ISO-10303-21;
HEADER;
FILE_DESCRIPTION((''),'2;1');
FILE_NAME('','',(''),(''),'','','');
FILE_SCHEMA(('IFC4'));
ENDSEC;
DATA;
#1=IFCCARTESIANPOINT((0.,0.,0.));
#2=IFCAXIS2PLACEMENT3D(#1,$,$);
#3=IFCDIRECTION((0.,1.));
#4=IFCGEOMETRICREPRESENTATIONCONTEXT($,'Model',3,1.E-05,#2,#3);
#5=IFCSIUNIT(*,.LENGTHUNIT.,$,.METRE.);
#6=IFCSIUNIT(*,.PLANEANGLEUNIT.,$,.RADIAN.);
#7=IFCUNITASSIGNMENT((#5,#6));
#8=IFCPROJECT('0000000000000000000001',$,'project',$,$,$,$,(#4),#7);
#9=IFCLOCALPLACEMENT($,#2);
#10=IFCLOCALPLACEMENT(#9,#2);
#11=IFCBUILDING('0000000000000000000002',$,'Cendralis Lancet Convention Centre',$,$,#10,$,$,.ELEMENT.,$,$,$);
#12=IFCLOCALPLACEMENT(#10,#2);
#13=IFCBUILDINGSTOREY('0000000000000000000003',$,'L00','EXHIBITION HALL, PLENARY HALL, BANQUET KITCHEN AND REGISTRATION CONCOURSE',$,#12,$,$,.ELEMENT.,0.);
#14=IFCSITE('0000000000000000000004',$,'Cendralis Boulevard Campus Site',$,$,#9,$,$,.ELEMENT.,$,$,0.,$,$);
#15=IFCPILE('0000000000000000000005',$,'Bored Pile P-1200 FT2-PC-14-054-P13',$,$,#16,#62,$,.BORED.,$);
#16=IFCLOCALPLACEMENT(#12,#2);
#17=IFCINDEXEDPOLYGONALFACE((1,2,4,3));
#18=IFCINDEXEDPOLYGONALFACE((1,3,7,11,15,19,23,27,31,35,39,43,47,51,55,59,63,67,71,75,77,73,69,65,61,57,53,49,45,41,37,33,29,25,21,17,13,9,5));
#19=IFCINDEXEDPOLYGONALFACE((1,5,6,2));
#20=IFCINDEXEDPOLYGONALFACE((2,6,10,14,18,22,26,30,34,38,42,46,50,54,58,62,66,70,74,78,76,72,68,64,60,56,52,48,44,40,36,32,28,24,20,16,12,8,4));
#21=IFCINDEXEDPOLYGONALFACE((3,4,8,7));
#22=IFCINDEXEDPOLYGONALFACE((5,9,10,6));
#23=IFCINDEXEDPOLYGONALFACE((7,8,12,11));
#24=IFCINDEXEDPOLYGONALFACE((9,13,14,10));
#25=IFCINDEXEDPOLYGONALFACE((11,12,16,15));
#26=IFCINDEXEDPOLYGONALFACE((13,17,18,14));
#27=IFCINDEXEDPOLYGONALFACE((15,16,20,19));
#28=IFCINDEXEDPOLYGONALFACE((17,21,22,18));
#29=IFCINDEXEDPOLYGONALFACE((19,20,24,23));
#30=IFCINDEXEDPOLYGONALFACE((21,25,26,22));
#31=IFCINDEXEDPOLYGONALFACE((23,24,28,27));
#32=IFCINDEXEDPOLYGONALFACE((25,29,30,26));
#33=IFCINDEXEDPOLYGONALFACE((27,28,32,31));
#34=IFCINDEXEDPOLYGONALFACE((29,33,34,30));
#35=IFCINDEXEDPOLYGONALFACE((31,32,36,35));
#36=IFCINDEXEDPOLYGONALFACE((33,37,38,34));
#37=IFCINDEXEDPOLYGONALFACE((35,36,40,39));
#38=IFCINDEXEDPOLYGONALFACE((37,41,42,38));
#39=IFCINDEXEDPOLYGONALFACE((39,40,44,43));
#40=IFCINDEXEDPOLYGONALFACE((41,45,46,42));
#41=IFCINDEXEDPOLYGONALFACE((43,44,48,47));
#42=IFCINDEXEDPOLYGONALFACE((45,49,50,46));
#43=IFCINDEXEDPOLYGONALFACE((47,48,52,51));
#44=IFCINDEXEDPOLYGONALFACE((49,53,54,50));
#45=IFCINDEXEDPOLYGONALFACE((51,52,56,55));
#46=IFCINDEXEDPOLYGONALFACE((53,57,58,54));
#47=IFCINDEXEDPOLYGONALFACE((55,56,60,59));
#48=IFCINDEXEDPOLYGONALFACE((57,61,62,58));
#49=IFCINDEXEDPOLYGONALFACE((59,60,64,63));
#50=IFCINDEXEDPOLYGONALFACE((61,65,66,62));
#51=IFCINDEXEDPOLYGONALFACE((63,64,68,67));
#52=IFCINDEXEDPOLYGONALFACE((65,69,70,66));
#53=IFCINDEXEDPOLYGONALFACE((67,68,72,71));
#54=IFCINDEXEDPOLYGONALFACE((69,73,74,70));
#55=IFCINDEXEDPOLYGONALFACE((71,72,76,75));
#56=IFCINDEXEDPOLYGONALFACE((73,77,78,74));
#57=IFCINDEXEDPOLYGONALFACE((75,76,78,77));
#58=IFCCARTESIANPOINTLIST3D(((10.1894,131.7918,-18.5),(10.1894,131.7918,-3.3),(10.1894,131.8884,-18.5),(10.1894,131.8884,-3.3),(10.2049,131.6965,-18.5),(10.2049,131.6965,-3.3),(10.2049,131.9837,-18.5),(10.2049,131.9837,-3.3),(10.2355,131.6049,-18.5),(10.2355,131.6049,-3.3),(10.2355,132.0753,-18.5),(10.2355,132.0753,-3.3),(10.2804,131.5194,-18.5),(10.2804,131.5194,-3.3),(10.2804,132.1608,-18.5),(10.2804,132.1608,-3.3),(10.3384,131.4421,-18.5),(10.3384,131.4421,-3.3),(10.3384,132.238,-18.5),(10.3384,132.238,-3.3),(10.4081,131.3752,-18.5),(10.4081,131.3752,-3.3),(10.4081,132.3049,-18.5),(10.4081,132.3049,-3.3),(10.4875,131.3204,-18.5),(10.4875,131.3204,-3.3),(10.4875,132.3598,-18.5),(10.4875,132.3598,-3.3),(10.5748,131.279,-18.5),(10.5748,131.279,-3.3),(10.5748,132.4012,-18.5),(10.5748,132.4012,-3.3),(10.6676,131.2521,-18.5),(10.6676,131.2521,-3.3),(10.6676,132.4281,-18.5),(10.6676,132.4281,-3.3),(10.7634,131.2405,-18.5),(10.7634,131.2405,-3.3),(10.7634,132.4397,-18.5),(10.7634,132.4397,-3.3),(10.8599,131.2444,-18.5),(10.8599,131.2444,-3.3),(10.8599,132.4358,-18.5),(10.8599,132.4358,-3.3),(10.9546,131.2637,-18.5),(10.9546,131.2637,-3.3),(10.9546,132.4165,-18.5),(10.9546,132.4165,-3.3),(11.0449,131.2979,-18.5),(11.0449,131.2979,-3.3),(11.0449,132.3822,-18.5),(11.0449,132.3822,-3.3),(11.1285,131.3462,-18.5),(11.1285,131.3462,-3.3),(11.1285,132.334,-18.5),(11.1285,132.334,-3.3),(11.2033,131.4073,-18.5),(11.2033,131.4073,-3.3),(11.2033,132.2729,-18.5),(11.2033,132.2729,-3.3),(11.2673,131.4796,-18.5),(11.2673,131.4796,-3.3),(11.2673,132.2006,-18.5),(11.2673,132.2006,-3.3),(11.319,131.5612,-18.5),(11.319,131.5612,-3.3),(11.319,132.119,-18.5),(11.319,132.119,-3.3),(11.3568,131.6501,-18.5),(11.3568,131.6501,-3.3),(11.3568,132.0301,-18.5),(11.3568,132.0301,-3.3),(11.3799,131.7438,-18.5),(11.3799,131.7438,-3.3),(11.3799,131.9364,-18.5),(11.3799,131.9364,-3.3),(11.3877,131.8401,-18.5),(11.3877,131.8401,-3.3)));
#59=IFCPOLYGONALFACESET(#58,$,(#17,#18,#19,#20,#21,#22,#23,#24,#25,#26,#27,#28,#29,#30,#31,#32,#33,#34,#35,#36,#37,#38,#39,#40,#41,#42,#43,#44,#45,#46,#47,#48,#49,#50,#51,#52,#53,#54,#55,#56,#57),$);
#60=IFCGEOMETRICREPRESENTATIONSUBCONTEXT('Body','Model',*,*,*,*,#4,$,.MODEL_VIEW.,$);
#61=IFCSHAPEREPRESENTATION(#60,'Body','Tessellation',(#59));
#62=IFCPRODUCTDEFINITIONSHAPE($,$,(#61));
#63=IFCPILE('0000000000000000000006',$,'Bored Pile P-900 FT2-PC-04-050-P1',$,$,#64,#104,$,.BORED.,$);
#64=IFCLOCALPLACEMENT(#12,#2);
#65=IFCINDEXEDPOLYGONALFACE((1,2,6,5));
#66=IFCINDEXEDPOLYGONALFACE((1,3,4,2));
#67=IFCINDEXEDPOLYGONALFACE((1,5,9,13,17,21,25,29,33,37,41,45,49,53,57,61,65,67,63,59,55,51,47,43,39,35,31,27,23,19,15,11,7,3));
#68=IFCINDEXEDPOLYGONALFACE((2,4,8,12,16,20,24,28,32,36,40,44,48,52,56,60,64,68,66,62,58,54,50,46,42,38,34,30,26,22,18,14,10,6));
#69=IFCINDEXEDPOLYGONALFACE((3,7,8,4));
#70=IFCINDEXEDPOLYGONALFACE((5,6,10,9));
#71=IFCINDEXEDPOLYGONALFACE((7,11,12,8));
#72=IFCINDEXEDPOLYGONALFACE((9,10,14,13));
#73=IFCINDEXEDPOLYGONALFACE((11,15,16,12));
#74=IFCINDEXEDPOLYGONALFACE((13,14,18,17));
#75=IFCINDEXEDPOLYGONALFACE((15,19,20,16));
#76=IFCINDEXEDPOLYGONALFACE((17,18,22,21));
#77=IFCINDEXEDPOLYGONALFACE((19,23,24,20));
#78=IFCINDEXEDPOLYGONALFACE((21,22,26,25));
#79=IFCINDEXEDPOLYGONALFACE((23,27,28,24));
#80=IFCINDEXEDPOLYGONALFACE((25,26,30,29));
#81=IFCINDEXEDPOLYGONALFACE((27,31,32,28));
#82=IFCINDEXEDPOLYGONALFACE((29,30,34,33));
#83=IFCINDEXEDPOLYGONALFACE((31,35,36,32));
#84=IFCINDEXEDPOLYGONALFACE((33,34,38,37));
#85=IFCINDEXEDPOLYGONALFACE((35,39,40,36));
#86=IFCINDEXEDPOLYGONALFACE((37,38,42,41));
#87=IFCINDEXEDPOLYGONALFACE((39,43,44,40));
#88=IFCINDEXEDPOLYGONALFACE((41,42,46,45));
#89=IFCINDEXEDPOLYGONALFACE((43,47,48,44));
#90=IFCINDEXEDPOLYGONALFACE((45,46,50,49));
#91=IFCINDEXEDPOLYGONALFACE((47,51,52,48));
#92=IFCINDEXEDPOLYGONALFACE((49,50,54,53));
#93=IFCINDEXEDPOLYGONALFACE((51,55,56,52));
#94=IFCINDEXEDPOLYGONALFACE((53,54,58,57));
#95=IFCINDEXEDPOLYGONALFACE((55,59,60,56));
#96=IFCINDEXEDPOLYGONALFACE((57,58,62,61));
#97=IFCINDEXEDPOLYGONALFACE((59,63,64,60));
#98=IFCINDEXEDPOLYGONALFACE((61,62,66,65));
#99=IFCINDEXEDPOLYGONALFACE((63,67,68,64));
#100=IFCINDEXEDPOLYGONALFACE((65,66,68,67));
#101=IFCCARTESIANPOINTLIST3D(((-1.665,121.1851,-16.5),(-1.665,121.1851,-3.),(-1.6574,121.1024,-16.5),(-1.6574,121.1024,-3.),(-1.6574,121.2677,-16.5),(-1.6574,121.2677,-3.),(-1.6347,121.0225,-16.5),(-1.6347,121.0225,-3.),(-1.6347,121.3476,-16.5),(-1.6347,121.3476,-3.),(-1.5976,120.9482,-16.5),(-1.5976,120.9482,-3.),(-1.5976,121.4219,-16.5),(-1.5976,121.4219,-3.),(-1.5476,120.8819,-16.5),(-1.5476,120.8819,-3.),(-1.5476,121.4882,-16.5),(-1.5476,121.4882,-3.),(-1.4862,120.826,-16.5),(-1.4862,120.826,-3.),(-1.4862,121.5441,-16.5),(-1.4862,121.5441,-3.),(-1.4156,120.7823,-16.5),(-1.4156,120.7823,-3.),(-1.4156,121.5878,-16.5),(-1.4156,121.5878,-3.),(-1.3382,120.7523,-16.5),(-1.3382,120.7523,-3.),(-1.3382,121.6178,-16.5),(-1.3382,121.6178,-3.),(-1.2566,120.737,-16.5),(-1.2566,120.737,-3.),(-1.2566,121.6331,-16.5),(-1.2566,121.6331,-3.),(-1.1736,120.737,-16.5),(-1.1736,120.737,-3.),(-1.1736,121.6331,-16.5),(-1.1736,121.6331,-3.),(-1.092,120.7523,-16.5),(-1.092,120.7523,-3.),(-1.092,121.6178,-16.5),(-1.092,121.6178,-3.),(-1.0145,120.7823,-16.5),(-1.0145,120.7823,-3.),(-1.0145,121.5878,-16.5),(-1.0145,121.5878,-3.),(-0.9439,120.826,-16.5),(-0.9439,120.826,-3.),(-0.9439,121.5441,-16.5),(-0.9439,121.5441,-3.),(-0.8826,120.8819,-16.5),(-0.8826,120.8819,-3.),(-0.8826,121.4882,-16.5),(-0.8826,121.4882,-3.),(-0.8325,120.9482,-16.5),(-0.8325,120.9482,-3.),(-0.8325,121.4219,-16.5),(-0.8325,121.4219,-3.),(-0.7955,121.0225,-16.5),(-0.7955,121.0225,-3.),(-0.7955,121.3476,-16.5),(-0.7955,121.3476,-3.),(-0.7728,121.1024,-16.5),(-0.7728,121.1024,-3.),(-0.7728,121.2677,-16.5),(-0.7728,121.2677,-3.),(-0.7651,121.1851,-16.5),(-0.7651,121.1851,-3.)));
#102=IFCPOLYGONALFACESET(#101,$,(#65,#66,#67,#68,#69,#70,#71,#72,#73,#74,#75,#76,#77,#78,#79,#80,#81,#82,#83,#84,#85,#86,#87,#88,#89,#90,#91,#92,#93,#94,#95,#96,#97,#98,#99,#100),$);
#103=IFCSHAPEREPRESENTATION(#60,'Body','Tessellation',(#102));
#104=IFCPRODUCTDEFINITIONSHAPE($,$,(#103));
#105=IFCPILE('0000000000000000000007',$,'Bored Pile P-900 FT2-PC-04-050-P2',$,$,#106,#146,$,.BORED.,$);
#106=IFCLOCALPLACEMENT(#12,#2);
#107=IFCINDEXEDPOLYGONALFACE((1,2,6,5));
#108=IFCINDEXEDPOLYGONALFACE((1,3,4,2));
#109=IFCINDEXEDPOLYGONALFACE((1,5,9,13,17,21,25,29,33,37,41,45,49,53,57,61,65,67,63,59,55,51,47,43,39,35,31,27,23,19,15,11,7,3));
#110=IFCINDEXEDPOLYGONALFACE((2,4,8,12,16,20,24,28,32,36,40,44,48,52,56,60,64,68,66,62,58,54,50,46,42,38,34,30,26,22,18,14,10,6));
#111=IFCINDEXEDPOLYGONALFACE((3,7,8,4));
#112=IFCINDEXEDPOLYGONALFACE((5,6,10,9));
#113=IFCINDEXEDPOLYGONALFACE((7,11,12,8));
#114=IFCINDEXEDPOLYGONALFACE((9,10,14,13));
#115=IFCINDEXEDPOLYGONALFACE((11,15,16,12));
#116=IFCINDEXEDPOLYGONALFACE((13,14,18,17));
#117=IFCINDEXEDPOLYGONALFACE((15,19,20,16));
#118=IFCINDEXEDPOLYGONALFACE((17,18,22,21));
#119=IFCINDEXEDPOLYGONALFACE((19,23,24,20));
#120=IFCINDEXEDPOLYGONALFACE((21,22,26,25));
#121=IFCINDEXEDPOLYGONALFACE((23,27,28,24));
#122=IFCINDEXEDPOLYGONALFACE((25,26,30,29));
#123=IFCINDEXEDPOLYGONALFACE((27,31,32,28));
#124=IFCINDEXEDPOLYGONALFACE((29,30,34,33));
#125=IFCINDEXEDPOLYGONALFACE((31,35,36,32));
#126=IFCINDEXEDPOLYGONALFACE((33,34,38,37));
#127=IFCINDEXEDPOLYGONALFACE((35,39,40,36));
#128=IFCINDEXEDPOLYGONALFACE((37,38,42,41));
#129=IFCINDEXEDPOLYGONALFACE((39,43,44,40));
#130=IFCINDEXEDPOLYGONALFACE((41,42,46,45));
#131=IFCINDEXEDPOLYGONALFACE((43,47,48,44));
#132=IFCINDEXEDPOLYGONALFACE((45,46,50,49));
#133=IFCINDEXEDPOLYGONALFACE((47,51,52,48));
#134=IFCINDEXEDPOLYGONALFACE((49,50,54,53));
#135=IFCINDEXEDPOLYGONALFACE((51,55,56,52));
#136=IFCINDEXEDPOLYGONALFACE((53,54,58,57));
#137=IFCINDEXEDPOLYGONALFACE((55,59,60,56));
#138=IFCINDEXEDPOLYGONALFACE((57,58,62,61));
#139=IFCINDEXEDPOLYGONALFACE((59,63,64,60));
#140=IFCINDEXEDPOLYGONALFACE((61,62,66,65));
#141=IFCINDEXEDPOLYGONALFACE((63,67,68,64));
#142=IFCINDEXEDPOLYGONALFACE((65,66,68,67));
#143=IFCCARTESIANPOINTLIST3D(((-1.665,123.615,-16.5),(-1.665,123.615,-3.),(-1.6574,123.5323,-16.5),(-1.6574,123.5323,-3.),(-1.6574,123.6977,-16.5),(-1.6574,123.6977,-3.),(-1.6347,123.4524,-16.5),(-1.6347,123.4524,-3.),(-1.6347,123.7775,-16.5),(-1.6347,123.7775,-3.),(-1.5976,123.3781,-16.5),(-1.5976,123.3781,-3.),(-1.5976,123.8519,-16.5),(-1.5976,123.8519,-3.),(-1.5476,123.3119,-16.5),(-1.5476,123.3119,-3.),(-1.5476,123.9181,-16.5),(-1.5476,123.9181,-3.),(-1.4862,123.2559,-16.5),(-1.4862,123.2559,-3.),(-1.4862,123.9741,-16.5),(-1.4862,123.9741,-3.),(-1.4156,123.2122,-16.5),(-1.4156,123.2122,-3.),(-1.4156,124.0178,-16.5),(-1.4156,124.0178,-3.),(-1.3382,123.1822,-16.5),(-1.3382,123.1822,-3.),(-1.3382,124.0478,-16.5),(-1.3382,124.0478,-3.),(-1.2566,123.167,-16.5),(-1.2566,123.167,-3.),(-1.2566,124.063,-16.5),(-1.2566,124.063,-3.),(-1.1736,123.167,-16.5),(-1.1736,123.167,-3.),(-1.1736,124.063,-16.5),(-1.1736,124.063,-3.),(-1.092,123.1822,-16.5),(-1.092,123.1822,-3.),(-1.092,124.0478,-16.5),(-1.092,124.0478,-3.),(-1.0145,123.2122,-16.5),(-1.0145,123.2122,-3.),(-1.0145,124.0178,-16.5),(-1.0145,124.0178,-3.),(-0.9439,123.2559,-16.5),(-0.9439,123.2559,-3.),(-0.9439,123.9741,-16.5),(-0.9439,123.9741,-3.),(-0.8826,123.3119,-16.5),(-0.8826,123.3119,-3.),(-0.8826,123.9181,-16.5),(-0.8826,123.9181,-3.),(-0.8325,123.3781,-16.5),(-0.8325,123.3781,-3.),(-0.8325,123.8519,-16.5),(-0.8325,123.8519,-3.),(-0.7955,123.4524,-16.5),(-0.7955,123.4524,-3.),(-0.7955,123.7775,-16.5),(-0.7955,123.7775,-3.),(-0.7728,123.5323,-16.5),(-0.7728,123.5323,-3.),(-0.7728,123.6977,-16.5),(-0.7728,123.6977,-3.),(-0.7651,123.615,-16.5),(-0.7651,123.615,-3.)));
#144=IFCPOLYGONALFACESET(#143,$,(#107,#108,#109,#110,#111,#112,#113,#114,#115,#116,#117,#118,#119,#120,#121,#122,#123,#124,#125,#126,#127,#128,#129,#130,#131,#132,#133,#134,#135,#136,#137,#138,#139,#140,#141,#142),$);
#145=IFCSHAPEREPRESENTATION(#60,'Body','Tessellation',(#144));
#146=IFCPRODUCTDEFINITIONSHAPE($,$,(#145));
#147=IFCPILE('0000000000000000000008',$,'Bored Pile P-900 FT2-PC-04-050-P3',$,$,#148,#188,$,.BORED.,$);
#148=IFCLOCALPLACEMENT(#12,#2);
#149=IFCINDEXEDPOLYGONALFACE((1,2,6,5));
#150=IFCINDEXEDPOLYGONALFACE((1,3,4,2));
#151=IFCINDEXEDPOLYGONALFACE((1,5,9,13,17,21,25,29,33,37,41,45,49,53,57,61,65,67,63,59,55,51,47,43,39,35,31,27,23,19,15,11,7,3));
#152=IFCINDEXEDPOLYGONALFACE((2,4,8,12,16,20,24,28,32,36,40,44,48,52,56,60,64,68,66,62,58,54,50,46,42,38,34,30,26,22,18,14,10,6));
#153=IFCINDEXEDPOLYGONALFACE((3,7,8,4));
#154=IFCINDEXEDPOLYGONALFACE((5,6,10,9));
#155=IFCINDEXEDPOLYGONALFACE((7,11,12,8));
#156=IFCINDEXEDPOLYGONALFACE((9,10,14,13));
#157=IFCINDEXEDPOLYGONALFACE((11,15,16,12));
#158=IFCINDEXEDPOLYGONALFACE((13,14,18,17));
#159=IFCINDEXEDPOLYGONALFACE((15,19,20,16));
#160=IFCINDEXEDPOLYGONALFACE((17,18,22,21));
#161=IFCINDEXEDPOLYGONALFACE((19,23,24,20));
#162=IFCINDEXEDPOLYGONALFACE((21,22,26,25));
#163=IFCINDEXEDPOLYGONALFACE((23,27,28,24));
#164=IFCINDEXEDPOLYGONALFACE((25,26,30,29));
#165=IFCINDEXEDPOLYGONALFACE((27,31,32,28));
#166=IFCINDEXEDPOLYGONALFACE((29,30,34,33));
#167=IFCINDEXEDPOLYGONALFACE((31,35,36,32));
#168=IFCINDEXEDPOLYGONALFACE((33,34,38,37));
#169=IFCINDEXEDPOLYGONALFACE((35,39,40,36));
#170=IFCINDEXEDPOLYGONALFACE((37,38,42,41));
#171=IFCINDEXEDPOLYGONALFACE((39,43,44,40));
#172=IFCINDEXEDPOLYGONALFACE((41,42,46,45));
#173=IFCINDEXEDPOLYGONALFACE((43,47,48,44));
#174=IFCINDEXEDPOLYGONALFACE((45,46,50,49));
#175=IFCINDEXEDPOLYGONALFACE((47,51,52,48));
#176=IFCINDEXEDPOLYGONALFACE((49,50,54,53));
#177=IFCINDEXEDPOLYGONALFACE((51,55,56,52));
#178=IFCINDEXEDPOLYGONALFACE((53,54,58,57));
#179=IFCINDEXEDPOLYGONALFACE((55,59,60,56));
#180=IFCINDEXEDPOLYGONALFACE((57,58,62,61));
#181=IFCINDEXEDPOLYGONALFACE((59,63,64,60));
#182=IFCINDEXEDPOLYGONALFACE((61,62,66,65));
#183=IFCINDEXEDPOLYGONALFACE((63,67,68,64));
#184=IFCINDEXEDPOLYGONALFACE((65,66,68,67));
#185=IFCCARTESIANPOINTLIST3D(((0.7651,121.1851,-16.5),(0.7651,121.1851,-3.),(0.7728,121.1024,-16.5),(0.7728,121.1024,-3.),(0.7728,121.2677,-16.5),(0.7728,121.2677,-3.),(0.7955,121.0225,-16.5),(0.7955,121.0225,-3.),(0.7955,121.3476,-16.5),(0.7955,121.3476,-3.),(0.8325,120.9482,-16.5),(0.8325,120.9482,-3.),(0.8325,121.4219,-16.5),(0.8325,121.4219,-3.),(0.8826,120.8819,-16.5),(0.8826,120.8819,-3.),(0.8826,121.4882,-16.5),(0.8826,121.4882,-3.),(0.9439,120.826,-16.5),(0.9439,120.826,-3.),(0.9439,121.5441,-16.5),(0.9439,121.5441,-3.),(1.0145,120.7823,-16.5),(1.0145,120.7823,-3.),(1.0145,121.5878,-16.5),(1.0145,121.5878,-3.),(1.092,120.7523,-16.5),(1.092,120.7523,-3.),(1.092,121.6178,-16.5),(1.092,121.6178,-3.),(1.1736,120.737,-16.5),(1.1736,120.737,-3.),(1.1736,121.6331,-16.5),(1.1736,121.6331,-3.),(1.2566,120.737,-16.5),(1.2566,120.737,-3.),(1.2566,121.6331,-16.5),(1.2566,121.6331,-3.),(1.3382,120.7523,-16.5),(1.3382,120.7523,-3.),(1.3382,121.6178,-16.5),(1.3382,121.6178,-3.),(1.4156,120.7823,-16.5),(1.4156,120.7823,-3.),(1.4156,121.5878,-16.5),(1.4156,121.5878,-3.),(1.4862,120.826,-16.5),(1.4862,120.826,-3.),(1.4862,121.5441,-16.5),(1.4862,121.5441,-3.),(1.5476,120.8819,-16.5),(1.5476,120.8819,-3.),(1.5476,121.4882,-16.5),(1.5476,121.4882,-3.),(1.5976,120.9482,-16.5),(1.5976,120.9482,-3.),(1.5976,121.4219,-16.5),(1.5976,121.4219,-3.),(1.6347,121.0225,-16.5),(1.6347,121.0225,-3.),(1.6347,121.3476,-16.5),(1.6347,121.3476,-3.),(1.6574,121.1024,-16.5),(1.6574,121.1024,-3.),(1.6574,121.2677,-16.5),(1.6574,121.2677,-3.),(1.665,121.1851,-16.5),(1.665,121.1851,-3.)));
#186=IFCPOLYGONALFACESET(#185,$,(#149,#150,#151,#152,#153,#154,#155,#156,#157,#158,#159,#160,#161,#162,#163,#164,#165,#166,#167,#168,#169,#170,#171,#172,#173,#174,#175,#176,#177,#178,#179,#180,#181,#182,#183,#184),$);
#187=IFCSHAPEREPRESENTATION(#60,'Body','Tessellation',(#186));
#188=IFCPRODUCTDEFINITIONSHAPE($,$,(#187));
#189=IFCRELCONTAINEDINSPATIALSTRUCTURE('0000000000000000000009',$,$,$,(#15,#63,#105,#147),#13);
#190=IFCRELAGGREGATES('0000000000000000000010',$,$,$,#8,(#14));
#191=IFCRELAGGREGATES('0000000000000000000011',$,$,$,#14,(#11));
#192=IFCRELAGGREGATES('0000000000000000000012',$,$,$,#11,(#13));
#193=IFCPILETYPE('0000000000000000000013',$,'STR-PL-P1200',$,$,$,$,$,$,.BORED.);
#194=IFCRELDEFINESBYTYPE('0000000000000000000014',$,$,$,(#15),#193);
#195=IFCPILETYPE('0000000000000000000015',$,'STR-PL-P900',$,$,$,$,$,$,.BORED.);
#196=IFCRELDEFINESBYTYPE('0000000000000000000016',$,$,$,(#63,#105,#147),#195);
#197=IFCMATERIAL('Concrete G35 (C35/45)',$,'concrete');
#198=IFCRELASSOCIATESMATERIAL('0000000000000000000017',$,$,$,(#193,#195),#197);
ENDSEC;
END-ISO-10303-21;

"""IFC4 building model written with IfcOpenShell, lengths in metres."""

from ifc_helpers import new_model, si_unit, direction, frame, origin, origin_2d, place, context, subcontext, project, spatial, circle, extrude, material, material_profile, profile_set, type_object, element, save


model = new_model("IFC4")

# Units and contexts
model_context = context("Model", 3, precision=1e-05, world=origin(), true_north=direction((0.0, 1.0)))
body_context = subcontext(model_context, "Body", "Model", "MODEL_VIEW")
ifc_project = project(units=[si_unit("LENGTHUNIT", "METRE"), si_unit("PLANEANGLEUNIT", "RADIAN")], contexts=[model_context])

# Site, building, storey
site_placement = place(None, origin())
site = spatial("IfcSite", under=ifc_project, at=site_placement, Name="Cendralis Boulevard Campus Site", CompositionType="ELEMENT", RefElevation=0.0)
building_placement = place(site_placement, origin())
building = spatial("IfcBuilding", under=site, at=building_placement, Name="Cendralis Lancet Convention Centre", CompositionType="ELEMENT")
storey_placement = place(building_placement, origin())
storey = spatial("IfcBuildingStorey", under=building, at=storey_placement, Name="L00", Description="EXHIBITION HALL, PLENARY HALL, BANQUET KITCHEN AND REGISTRATION CONCOURSE", CompositionType="ELEMENT", Elevation=0.0)

# Shared definitions
ifc_material_1 = material(Name="Concrete G35 (C35/45)", Category="concrete")

# Piles
ifc_material_profile_1 = material_profile(ifc_material_1, circle(Radius=0.6001, at=origin_2d()), Name="BORED PILE D1200")
ifc_profile_set_1 = profile_set([ifc_material_profile_1], Name="Concrete G35 (C35/45)")
pile_type_1 = type_object("IfcPileType", Name="STR-PL-P1200", PredefinedType="BORED", material=ifc_profile_set_1)
for number, where, z_axis, x_axis, name in (
    (1, (10.7876, 131.8401, -3.3), (0.0, 0.0, -1.0), (1.0, 0.0, 0.0), "Bored Pile P-1200 FT2-PC-14-054-P13"),
):
    element("IfcPile", number, at=place(storey_placement, frame(where, z_axis=z_axis, x_axis=x_axis)), inside=storey, type_object=pile_type_1, Name=name, PredefinedType="BORED", context=body_context, shape_type="SweptSolid", body=[
        extrude(circle(Radius=0.6001, at=origin_2d()), origin(), (0.0, 0.0, 1.0), 15.2),
    ])
ifc_material_profile_2 = material_profile(ifc_material_1, circle(Radius=0.45, at=origin_2d()), Name="BORED PILE D900")
ifc_profile_set_2 = profile_set([ifc_material_profile_2], Name="Concrete G35 (C35/45)")
pile_type_2 = type_object("IfcPileType", Name="STR-PL-P900", PredefinedType="BORED", material=ifc_profile_set_2)
for number, where, z_axis, x_axis, name in (
    (2, (-1.2151, 121.1851, -3.0), (0.0, 0.0, -1.0), (1.0, 0.0, 0.0), "Bored Pile P-900 FT2-PC-04-050-P1"),
    (3, (-1.2151, 123.615, -3.0), (0.0, 0.0, -1.0), (1.0, 0.0, 0.0), "Bored Pile P-900 FT2-PC-04-050-P2"),
    (4, (1.2151, 121.1851, -3.0), (0.0, 0.0, -1.0), (1.0, 0.0, 0.0), "Bored Pile P-900 FT2-PC-04-050-P3"),
):
    element("IfcPile", number, at=place(storey_placement, frame(where, z_axis=z_axis, x_axis=x_axis)), inside=storey, type_object=pile_type_2, Name=name, PredefinedType="BORED", context=body_context, shape_type="SweptSolid", body=[
        extrude(circle(Radius=0.45, at=origin_2d()), origin(), (0.0, 0.0, 1.0), 13.5),
    ])

save(model, "model.ifc")
